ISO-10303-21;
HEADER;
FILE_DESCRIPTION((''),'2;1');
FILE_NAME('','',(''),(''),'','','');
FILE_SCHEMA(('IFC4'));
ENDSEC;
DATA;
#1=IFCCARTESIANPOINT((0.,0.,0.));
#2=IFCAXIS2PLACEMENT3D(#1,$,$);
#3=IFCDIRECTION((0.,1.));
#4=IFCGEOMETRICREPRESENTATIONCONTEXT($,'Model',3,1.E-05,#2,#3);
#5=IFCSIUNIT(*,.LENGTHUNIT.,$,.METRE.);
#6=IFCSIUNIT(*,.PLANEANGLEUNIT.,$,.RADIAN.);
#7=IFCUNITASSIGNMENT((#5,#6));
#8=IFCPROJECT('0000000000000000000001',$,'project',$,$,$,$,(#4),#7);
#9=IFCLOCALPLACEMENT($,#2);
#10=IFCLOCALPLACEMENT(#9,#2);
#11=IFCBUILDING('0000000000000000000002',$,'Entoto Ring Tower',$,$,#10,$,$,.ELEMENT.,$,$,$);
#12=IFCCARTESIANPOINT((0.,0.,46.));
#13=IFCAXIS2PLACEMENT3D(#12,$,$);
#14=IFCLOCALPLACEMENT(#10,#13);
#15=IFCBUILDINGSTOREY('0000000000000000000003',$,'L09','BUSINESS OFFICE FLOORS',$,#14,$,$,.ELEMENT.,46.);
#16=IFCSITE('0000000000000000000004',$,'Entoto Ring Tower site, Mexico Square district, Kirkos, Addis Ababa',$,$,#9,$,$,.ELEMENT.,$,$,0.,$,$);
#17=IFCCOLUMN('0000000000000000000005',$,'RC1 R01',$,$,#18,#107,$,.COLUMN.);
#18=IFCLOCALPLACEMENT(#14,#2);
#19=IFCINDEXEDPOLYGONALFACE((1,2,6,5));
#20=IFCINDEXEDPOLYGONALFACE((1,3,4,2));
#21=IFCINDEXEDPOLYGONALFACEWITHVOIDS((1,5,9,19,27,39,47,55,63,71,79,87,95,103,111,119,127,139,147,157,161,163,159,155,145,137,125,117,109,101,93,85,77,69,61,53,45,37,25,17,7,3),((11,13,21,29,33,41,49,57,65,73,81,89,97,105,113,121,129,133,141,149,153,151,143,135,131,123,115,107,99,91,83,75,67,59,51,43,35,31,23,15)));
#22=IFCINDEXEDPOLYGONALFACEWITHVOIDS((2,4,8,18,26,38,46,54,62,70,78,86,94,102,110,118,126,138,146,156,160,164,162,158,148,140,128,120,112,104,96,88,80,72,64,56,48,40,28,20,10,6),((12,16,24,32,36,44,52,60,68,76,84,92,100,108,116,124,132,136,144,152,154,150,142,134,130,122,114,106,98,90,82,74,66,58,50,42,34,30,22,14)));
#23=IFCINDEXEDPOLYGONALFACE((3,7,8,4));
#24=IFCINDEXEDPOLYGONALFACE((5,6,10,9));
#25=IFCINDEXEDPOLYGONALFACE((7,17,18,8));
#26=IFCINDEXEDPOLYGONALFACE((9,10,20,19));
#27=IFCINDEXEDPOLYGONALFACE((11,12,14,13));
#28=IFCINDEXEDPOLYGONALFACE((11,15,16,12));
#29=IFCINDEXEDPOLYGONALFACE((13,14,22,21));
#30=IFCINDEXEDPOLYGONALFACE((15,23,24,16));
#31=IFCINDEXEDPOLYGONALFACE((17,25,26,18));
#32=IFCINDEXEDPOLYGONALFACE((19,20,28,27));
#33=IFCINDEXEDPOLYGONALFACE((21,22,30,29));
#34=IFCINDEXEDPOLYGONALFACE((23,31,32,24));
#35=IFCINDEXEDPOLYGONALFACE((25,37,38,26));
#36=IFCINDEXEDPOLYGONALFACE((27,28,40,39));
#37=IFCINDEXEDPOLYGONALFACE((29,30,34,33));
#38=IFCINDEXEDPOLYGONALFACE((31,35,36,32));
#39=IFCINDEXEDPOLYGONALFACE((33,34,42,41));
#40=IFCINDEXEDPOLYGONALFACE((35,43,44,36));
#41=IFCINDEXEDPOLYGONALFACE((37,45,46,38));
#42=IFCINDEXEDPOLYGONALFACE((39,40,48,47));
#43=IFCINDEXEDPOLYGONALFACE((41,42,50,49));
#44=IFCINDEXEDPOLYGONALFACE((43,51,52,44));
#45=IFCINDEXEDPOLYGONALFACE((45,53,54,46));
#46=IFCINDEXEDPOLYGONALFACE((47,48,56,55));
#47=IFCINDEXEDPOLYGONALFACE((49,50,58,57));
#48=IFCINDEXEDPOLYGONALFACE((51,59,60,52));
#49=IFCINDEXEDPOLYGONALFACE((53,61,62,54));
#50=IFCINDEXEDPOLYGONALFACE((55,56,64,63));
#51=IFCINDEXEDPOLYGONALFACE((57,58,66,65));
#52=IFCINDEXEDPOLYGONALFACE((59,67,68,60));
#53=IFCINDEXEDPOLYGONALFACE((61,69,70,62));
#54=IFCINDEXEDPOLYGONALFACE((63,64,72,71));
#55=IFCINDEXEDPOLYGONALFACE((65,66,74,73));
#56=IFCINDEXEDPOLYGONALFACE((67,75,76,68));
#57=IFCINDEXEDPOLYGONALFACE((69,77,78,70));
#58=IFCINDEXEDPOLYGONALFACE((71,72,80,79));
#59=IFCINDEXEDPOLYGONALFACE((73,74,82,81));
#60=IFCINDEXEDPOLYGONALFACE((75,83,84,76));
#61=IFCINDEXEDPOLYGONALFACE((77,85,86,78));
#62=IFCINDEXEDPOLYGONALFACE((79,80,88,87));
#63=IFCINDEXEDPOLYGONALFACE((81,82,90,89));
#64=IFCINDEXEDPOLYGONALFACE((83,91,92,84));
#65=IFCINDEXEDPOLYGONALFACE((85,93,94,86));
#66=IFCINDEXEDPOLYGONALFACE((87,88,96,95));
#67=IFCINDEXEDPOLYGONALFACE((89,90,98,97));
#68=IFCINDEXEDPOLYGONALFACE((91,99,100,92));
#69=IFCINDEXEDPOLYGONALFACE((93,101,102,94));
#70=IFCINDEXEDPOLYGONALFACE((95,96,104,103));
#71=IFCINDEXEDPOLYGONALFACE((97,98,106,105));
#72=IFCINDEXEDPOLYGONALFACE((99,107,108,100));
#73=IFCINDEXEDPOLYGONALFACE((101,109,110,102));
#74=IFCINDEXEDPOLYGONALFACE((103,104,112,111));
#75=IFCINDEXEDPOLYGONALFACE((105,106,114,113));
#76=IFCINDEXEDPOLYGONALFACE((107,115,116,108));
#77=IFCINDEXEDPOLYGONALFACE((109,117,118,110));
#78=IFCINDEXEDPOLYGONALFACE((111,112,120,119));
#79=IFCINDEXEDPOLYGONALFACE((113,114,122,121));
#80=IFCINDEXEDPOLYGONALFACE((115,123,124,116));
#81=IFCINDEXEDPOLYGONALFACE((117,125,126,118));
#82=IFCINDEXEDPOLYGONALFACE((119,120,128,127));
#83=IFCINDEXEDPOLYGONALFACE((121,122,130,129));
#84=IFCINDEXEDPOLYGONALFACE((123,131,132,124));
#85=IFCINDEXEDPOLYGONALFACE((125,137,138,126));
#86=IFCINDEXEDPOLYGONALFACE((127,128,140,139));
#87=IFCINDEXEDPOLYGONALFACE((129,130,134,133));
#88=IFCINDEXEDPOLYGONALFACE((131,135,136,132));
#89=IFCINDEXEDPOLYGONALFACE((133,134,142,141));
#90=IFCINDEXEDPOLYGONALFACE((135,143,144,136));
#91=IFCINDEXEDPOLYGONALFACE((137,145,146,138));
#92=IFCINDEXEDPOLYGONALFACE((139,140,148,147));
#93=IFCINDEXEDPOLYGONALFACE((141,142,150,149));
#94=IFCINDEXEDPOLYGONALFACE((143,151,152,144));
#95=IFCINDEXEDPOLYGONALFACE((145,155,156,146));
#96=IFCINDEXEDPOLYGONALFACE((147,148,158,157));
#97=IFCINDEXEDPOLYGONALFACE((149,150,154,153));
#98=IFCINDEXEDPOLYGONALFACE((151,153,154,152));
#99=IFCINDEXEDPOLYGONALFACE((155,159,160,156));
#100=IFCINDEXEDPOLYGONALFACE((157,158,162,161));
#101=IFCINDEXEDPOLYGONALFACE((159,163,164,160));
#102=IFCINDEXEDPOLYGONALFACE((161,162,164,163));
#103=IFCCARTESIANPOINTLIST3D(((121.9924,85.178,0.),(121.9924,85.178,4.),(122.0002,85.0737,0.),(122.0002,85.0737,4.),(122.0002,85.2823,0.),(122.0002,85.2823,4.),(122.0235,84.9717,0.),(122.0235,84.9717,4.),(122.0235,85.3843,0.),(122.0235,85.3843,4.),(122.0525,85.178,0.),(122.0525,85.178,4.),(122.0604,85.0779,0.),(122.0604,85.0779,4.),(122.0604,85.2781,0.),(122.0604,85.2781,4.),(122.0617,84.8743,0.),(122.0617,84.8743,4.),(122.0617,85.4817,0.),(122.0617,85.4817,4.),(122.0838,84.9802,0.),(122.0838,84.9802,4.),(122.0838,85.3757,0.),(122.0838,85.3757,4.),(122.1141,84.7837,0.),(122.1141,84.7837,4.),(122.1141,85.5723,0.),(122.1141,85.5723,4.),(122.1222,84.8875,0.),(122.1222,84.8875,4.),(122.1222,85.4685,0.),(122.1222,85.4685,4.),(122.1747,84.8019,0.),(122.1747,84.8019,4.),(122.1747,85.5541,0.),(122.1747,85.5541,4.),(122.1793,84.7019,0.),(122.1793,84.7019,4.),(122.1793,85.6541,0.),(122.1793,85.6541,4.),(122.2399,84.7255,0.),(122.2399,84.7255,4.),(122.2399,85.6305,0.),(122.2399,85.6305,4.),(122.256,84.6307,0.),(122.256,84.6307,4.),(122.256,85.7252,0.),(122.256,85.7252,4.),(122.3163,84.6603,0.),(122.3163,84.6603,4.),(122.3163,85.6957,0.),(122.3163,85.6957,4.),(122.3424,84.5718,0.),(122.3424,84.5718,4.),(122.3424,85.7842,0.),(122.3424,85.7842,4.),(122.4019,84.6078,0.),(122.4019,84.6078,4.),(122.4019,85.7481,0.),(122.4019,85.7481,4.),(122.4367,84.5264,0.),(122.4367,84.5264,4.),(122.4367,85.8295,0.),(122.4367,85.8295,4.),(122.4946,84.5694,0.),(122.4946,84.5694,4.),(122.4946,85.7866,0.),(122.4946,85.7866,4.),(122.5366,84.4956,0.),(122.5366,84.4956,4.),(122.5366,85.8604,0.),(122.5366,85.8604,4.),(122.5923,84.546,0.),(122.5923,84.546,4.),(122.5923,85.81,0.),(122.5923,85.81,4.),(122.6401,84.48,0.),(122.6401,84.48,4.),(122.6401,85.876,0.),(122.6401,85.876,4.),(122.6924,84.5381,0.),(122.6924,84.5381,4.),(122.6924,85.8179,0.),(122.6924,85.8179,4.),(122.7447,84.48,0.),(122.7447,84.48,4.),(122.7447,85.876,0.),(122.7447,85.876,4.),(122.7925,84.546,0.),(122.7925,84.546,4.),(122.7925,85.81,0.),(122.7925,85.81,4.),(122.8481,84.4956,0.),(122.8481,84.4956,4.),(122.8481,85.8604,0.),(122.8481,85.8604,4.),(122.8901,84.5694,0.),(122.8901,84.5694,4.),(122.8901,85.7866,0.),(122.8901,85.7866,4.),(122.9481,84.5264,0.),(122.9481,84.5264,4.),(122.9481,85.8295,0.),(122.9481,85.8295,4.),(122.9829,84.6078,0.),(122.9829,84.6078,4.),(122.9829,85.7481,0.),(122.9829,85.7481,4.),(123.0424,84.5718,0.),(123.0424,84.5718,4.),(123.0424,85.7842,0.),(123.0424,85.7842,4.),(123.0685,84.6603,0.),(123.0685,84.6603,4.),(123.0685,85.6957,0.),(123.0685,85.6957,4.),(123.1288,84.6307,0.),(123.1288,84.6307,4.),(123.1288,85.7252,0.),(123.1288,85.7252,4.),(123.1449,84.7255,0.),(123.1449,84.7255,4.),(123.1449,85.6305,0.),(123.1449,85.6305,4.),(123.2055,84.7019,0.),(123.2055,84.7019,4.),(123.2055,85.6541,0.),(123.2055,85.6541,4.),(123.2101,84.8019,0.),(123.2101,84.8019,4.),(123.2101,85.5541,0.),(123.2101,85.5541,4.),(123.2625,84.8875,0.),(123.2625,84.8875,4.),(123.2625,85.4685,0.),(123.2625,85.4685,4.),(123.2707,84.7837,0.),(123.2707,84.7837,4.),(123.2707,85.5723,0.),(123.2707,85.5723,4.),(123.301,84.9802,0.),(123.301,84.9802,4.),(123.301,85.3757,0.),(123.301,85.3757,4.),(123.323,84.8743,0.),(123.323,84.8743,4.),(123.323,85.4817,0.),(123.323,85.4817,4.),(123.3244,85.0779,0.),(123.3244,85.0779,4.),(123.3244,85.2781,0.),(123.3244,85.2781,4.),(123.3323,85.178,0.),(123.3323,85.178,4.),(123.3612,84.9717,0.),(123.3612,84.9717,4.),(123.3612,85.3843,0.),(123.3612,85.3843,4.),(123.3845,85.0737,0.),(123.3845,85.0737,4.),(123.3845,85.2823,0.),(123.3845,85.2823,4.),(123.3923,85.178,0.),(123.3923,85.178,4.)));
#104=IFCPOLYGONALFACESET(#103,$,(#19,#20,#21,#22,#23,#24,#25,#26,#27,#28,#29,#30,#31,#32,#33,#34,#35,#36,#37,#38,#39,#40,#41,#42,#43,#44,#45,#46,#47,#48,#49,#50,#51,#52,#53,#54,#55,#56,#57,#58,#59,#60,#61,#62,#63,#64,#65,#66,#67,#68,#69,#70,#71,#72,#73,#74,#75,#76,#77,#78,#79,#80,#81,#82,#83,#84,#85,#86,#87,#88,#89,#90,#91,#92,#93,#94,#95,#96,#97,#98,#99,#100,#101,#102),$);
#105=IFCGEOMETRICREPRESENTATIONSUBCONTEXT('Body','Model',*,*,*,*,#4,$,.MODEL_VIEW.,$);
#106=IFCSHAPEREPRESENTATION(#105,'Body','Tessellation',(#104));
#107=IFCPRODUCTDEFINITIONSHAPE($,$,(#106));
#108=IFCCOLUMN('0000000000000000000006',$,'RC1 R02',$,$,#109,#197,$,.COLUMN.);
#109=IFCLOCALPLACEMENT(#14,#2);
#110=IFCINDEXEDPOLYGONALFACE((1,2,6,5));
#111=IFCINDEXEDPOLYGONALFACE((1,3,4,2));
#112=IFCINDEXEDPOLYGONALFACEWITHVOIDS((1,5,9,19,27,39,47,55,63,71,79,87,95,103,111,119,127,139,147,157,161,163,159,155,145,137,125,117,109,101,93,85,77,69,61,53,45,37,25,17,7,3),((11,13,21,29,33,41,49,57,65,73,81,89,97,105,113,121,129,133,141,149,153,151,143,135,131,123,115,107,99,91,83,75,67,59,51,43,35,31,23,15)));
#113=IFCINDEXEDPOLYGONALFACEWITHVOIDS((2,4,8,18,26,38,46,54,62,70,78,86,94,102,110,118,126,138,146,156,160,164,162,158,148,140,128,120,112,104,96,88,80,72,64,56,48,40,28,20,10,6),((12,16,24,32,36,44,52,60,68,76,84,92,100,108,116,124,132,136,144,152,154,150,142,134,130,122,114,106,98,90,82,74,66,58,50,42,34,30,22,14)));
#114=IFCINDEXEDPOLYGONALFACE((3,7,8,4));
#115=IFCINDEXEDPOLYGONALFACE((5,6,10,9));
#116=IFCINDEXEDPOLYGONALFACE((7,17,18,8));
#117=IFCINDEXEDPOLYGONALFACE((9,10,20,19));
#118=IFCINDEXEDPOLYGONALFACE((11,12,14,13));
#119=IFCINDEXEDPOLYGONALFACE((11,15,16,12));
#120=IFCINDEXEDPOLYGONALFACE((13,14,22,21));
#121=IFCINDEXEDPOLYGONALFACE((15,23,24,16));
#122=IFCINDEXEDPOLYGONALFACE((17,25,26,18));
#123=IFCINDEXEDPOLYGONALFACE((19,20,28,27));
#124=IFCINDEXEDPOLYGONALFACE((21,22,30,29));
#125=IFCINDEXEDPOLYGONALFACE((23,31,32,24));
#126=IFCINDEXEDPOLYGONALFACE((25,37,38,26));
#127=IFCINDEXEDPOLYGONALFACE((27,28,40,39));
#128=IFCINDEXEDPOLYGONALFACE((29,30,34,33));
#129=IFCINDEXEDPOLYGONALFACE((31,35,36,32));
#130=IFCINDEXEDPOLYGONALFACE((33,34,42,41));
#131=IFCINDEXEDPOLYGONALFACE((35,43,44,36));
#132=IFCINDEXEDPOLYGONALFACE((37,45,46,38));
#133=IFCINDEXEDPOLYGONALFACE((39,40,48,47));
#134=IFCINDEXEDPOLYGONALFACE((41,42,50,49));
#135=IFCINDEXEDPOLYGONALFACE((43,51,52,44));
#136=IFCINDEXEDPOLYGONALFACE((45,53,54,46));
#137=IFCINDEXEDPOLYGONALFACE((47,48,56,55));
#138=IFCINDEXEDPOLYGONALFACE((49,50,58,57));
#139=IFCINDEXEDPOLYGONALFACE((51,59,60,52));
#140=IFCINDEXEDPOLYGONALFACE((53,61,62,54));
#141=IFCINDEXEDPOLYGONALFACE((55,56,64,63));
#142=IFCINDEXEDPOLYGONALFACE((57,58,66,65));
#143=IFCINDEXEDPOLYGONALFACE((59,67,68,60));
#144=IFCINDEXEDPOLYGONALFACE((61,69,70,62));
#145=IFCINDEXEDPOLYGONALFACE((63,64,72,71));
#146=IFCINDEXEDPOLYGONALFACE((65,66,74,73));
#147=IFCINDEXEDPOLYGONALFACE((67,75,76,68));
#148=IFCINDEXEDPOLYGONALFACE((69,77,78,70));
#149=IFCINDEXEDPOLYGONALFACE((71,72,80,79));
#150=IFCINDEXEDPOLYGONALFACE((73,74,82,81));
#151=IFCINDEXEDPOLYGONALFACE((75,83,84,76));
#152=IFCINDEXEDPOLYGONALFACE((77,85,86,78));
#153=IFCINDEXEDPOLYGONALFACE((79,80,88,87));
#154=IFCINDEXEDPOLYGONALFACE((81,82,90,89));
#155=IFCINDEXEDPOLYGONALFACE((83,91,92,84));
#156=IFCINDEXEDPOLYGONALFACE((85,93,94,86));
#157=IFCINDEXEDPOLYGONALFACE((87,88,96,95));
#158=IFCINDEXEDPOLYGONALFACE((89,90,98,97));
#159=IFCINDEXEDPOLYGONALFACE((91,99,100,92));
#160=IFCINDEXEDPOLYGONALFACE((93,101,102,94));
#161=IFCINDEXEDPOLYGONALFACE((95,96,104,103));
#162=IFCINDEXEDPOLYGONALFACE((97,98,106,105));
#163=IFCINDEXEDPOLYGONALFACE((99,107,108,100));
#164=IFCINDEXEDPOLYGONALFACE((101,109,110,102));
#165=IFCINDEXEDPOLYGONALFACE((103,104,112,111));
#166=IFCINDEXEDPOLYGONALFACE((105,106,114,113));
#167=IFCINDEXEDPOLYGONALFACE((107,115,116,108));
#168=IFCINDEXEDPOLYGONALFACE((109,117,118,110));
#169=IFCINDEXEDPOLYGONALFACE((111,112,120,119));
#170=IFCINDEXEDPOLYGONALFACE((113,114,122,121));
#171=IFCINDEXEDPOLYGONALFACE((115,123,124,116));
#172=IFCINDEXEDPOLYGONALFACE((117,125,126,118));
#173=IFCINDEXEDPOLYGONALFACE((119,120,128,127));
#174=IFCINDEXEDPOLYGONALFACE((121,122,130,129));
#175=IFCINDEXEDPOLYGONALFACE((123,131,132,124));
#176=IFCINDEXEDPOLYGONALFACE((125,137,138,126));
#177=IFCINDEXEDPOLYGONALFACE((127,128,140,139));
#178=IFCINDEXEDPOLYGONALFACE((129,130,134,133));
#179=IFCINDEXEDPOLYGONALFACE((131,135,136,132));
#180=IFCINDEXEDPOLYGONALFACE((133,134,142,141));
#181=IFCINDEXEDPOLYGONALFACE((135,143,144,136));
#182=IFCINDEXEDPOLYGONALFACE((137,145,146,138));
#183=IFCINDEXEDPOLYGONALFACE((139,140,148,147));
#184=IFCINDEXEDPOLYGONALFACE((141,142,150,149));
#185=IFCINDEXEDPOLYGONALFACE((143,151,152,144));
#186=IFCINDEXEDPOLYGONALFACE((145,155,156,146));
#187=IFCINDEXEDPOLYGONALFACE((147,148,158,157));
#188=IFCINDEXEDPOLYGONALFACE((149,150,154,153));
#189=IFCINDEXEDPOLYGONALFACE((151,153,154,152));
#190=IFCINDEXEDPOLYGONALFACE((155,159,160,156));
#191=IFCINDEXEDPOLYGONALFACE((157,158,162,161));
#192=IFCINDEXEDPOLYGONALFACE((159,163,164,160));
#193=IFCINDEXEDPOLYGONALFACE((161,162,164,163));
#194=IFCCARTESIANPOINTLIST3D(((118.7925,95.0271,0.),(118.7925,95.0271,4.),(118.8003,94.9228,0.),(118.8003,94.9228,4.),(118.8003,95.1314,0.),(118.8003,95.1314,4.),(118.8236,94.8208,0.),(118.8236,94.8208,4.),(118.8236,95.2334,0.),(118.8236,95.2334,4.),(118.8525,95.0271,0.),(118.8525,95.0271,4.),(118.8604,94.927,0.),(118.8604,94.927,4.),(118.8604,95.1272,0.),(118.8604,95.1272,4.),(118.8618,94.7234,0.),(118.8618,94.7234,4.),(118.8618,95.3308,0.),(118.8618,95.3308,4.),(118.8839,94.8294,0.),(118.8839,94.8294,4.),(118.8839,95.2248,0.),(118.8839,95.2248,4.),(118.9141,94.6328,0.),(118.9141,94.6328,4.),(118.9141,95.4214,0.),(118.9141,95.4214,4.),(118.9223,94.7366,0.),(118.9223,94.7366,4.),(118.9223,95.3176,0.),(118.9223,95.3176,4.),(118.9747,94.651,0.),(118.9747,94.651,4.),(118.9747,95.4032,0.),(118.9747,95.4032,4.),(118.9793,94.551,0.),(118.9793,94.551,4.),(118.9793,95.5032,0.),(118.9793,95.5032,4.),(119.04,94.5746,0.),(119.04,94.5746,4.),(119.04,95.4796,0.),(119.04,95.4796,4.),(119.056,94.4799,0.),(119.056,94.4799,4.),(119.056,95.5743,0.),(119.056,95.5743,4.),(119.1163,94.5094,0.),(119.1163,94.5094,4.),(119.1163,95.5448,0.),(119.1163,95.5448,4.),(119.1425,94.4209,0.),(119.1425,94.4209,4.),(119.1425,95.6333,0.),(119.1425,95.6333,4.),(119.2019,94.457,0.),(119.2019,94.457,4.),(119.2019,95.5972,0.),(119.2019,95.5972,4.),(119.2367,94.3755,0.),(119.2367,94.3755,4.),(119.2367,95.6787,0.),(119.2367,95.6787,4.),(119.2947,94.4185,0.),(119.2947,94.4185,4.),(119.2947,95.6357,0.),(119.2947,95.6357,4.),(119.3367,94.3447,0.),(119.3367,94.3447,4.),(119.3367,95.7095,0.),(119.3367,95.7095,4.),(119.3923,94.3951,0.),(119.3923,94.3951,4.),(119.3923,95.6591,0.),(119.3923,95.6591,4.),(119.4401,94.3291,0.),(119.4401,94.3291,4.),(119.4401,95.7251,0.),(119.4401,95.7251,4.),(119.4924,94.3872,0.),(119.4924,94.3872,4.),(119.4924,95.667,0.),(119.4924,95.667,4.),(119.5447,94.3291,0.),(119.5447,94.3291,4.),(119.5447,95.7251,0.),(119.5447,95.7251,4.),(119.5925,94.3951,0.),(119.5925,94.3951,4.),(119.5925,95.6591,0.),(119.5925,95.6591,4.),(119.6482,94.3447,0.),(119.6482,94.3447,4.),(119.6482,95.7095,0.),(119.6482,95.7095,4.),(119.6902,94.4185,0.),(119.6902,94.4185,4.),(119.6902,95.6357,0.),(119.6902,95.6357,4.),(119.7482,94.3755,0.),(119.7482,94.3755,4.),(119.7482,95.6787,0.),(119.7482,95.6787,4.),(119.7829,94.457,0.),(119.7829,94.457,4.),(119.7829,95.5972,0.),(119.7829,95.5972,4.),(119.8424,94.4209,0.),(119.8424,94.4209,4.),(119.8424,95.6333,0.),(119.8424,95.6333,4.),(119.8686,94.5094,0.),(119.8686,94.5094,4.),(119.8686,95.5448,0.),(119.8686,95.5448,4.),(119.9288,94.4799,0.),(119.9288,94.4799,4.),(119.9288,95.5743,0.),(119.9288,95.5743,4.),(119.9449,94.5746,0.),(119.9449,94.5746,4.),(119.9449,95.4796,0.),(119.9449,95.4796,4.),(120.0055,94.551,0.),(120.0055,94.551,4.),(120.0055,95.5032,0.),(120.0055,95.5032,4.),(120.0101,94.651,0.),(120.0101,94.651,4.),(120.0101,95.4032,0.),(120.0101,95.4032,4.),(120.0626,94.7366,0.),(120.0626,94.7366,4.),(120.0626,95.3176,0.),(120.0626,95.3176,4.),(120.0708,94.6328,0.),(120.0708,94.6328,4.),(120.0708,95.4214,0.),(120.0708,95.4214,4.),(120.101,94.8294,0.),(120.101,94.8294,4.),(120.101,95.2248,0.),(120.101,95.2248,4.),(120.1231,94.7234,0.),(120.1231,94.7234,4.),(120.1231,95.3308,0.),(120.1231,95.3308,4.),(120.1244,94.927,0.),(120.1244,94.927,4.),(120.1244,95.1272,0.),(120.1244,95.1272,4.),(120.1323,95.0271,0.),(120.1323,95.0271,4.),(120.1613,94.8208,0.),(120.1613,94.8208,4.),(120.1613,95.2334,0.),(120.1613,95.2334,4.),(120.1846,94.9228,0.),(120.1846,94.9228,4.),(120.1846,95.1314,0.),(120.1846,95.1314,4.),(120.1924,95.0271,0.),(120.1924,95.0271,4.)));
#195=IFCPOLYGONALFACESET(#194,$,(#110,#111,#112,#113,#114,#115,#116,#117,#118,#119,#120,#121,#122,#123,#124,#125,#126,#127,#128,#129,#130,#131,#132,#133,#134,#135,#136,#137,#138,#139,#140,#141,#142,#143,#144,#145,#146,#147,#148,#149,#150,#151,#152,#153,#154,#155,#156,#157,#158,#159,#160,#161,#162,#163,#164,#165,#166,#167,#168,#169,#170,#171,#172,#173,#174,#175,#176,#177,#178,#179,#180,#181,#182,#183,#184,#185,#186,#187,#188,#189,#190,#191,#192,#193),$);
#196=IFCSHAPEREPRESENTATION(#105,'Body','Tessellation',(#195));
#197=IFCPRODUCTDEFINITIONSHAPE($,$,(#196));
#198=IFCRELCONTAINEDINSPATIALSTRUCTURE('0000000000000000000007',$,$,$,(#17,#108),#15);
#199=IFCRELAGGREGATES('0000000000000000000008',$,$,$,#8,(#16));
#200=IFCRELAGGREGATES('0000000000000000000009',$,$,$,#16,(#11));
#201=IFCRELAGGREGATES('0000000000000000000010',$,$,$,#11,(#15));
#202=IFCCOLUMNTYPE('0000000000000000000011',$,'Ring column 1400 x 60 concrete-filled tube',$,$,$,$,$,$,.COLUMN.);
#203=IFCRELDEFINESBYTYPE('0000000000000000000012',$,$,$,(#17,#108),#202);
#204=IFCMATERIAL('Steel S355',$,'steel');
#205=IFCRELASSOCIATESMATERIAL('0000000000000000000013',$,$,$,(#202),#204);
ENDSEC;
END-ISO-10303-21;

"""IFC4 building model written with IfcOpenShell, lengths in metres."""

from ifc_helpers import new_model, si_unit, direction, frame, origin, origin_2d, place, context, subcontext, project, spatial, circle, hollow_circle, extrude, material, material_profile, profile_set, type_object, element, save


model = new_model("IFC4")

# Units and contexts
model_context = context("Model", 3, precision=1e-05, world=origin(), true_north=direction((0.0, 1.0)))
body_context = subcontext(model_context, "Body", "Model", "MODEL_VIEW")
ifc_project = project(units=[si_unit("LENGTHUNIT", "METRE"), si_unit("PLANEANGLEUNIT", "RADIAN")], contexts=[model_context])

# Site, building, storey
site_placement = place(None, origin())
site = spatial("IfcSite", under=ifc_project, at=site_placement, Name="Entoto Ring Tower site, Mexico Square district, Kirkos, Addis Ababa", CompositionType="ELEMENT", RefElevation=0.0)
building_placement = place(site_placement, origin())
building = spatial("IfcBuilding", under=site, at=building_placement, Name="Entoto Ring Tower", CompositionType="ELEMENT")
storey_placement = place(building_placement, frame((0.0, 0.0, 46.0)))
storey = spatial("IfcBuildingStorey", under=building, at=storey_placement, Name="L09", Description="BUSINESS OFFICE FLOORS", CompositionType="ELEMENT", Elevation=46.0)

# Columns
ifc_material_1 = material(Name="Steel S355", Category="steel")
ifc_material_profile_1 = material_profile(ifc_material_1, hollow_circle(Radius=0.7, WallThickness=0.0601, at=origin_2d()), Name="CHS 1400 x 60")
ifc_material_2 = material(Name="Concrete C60/75", Category="concrete")
ifc_material_profile_2 = material_profile(ifc_material_2, circle(Radius=0.6399, at=origin_2d()), Name="Concrete C60/75 infill")
ifc_profile_set_1 = profile_set([ifc_material_profile_1, ifc_material_profile_2], Name="Steel S355")
column_type = type_object("IfcColumnType", Name="Ring column 1400 x 60 concrete-filled tube", PredefinedType="COLUMN", material=ifc_profile_set_1)
for number, where, z_axis, x_axis, name in (
    (1, (122.6924, 85.178, 0.0), (0.0, 0.0, 1.0), (1.0, 0.0, 0.0), "RC1 R01"),
    (2, (119.4924, 95.0271, 0.0), (0.0, 0.0, 1.0), (1.0, 0.0, 0.0), "RC1 R02"),
):
    element("IfcColumn", number, at=place(storey_placement, frame(where, z_axis=z_axis, x_axis=x_axis)), inside=storey, type_object=column_type, Name=name, PredefinedType="COLUMN", context=body_context, shape_type="SweptSolid", body=[
        extrude(hollow_circle(Radius=0.7, WallThickness=0.0601, at=origin_2d()), origin(), (0.0, 0.0, 1.0), 4.0),
    ])

save(model, "model.ifc")
